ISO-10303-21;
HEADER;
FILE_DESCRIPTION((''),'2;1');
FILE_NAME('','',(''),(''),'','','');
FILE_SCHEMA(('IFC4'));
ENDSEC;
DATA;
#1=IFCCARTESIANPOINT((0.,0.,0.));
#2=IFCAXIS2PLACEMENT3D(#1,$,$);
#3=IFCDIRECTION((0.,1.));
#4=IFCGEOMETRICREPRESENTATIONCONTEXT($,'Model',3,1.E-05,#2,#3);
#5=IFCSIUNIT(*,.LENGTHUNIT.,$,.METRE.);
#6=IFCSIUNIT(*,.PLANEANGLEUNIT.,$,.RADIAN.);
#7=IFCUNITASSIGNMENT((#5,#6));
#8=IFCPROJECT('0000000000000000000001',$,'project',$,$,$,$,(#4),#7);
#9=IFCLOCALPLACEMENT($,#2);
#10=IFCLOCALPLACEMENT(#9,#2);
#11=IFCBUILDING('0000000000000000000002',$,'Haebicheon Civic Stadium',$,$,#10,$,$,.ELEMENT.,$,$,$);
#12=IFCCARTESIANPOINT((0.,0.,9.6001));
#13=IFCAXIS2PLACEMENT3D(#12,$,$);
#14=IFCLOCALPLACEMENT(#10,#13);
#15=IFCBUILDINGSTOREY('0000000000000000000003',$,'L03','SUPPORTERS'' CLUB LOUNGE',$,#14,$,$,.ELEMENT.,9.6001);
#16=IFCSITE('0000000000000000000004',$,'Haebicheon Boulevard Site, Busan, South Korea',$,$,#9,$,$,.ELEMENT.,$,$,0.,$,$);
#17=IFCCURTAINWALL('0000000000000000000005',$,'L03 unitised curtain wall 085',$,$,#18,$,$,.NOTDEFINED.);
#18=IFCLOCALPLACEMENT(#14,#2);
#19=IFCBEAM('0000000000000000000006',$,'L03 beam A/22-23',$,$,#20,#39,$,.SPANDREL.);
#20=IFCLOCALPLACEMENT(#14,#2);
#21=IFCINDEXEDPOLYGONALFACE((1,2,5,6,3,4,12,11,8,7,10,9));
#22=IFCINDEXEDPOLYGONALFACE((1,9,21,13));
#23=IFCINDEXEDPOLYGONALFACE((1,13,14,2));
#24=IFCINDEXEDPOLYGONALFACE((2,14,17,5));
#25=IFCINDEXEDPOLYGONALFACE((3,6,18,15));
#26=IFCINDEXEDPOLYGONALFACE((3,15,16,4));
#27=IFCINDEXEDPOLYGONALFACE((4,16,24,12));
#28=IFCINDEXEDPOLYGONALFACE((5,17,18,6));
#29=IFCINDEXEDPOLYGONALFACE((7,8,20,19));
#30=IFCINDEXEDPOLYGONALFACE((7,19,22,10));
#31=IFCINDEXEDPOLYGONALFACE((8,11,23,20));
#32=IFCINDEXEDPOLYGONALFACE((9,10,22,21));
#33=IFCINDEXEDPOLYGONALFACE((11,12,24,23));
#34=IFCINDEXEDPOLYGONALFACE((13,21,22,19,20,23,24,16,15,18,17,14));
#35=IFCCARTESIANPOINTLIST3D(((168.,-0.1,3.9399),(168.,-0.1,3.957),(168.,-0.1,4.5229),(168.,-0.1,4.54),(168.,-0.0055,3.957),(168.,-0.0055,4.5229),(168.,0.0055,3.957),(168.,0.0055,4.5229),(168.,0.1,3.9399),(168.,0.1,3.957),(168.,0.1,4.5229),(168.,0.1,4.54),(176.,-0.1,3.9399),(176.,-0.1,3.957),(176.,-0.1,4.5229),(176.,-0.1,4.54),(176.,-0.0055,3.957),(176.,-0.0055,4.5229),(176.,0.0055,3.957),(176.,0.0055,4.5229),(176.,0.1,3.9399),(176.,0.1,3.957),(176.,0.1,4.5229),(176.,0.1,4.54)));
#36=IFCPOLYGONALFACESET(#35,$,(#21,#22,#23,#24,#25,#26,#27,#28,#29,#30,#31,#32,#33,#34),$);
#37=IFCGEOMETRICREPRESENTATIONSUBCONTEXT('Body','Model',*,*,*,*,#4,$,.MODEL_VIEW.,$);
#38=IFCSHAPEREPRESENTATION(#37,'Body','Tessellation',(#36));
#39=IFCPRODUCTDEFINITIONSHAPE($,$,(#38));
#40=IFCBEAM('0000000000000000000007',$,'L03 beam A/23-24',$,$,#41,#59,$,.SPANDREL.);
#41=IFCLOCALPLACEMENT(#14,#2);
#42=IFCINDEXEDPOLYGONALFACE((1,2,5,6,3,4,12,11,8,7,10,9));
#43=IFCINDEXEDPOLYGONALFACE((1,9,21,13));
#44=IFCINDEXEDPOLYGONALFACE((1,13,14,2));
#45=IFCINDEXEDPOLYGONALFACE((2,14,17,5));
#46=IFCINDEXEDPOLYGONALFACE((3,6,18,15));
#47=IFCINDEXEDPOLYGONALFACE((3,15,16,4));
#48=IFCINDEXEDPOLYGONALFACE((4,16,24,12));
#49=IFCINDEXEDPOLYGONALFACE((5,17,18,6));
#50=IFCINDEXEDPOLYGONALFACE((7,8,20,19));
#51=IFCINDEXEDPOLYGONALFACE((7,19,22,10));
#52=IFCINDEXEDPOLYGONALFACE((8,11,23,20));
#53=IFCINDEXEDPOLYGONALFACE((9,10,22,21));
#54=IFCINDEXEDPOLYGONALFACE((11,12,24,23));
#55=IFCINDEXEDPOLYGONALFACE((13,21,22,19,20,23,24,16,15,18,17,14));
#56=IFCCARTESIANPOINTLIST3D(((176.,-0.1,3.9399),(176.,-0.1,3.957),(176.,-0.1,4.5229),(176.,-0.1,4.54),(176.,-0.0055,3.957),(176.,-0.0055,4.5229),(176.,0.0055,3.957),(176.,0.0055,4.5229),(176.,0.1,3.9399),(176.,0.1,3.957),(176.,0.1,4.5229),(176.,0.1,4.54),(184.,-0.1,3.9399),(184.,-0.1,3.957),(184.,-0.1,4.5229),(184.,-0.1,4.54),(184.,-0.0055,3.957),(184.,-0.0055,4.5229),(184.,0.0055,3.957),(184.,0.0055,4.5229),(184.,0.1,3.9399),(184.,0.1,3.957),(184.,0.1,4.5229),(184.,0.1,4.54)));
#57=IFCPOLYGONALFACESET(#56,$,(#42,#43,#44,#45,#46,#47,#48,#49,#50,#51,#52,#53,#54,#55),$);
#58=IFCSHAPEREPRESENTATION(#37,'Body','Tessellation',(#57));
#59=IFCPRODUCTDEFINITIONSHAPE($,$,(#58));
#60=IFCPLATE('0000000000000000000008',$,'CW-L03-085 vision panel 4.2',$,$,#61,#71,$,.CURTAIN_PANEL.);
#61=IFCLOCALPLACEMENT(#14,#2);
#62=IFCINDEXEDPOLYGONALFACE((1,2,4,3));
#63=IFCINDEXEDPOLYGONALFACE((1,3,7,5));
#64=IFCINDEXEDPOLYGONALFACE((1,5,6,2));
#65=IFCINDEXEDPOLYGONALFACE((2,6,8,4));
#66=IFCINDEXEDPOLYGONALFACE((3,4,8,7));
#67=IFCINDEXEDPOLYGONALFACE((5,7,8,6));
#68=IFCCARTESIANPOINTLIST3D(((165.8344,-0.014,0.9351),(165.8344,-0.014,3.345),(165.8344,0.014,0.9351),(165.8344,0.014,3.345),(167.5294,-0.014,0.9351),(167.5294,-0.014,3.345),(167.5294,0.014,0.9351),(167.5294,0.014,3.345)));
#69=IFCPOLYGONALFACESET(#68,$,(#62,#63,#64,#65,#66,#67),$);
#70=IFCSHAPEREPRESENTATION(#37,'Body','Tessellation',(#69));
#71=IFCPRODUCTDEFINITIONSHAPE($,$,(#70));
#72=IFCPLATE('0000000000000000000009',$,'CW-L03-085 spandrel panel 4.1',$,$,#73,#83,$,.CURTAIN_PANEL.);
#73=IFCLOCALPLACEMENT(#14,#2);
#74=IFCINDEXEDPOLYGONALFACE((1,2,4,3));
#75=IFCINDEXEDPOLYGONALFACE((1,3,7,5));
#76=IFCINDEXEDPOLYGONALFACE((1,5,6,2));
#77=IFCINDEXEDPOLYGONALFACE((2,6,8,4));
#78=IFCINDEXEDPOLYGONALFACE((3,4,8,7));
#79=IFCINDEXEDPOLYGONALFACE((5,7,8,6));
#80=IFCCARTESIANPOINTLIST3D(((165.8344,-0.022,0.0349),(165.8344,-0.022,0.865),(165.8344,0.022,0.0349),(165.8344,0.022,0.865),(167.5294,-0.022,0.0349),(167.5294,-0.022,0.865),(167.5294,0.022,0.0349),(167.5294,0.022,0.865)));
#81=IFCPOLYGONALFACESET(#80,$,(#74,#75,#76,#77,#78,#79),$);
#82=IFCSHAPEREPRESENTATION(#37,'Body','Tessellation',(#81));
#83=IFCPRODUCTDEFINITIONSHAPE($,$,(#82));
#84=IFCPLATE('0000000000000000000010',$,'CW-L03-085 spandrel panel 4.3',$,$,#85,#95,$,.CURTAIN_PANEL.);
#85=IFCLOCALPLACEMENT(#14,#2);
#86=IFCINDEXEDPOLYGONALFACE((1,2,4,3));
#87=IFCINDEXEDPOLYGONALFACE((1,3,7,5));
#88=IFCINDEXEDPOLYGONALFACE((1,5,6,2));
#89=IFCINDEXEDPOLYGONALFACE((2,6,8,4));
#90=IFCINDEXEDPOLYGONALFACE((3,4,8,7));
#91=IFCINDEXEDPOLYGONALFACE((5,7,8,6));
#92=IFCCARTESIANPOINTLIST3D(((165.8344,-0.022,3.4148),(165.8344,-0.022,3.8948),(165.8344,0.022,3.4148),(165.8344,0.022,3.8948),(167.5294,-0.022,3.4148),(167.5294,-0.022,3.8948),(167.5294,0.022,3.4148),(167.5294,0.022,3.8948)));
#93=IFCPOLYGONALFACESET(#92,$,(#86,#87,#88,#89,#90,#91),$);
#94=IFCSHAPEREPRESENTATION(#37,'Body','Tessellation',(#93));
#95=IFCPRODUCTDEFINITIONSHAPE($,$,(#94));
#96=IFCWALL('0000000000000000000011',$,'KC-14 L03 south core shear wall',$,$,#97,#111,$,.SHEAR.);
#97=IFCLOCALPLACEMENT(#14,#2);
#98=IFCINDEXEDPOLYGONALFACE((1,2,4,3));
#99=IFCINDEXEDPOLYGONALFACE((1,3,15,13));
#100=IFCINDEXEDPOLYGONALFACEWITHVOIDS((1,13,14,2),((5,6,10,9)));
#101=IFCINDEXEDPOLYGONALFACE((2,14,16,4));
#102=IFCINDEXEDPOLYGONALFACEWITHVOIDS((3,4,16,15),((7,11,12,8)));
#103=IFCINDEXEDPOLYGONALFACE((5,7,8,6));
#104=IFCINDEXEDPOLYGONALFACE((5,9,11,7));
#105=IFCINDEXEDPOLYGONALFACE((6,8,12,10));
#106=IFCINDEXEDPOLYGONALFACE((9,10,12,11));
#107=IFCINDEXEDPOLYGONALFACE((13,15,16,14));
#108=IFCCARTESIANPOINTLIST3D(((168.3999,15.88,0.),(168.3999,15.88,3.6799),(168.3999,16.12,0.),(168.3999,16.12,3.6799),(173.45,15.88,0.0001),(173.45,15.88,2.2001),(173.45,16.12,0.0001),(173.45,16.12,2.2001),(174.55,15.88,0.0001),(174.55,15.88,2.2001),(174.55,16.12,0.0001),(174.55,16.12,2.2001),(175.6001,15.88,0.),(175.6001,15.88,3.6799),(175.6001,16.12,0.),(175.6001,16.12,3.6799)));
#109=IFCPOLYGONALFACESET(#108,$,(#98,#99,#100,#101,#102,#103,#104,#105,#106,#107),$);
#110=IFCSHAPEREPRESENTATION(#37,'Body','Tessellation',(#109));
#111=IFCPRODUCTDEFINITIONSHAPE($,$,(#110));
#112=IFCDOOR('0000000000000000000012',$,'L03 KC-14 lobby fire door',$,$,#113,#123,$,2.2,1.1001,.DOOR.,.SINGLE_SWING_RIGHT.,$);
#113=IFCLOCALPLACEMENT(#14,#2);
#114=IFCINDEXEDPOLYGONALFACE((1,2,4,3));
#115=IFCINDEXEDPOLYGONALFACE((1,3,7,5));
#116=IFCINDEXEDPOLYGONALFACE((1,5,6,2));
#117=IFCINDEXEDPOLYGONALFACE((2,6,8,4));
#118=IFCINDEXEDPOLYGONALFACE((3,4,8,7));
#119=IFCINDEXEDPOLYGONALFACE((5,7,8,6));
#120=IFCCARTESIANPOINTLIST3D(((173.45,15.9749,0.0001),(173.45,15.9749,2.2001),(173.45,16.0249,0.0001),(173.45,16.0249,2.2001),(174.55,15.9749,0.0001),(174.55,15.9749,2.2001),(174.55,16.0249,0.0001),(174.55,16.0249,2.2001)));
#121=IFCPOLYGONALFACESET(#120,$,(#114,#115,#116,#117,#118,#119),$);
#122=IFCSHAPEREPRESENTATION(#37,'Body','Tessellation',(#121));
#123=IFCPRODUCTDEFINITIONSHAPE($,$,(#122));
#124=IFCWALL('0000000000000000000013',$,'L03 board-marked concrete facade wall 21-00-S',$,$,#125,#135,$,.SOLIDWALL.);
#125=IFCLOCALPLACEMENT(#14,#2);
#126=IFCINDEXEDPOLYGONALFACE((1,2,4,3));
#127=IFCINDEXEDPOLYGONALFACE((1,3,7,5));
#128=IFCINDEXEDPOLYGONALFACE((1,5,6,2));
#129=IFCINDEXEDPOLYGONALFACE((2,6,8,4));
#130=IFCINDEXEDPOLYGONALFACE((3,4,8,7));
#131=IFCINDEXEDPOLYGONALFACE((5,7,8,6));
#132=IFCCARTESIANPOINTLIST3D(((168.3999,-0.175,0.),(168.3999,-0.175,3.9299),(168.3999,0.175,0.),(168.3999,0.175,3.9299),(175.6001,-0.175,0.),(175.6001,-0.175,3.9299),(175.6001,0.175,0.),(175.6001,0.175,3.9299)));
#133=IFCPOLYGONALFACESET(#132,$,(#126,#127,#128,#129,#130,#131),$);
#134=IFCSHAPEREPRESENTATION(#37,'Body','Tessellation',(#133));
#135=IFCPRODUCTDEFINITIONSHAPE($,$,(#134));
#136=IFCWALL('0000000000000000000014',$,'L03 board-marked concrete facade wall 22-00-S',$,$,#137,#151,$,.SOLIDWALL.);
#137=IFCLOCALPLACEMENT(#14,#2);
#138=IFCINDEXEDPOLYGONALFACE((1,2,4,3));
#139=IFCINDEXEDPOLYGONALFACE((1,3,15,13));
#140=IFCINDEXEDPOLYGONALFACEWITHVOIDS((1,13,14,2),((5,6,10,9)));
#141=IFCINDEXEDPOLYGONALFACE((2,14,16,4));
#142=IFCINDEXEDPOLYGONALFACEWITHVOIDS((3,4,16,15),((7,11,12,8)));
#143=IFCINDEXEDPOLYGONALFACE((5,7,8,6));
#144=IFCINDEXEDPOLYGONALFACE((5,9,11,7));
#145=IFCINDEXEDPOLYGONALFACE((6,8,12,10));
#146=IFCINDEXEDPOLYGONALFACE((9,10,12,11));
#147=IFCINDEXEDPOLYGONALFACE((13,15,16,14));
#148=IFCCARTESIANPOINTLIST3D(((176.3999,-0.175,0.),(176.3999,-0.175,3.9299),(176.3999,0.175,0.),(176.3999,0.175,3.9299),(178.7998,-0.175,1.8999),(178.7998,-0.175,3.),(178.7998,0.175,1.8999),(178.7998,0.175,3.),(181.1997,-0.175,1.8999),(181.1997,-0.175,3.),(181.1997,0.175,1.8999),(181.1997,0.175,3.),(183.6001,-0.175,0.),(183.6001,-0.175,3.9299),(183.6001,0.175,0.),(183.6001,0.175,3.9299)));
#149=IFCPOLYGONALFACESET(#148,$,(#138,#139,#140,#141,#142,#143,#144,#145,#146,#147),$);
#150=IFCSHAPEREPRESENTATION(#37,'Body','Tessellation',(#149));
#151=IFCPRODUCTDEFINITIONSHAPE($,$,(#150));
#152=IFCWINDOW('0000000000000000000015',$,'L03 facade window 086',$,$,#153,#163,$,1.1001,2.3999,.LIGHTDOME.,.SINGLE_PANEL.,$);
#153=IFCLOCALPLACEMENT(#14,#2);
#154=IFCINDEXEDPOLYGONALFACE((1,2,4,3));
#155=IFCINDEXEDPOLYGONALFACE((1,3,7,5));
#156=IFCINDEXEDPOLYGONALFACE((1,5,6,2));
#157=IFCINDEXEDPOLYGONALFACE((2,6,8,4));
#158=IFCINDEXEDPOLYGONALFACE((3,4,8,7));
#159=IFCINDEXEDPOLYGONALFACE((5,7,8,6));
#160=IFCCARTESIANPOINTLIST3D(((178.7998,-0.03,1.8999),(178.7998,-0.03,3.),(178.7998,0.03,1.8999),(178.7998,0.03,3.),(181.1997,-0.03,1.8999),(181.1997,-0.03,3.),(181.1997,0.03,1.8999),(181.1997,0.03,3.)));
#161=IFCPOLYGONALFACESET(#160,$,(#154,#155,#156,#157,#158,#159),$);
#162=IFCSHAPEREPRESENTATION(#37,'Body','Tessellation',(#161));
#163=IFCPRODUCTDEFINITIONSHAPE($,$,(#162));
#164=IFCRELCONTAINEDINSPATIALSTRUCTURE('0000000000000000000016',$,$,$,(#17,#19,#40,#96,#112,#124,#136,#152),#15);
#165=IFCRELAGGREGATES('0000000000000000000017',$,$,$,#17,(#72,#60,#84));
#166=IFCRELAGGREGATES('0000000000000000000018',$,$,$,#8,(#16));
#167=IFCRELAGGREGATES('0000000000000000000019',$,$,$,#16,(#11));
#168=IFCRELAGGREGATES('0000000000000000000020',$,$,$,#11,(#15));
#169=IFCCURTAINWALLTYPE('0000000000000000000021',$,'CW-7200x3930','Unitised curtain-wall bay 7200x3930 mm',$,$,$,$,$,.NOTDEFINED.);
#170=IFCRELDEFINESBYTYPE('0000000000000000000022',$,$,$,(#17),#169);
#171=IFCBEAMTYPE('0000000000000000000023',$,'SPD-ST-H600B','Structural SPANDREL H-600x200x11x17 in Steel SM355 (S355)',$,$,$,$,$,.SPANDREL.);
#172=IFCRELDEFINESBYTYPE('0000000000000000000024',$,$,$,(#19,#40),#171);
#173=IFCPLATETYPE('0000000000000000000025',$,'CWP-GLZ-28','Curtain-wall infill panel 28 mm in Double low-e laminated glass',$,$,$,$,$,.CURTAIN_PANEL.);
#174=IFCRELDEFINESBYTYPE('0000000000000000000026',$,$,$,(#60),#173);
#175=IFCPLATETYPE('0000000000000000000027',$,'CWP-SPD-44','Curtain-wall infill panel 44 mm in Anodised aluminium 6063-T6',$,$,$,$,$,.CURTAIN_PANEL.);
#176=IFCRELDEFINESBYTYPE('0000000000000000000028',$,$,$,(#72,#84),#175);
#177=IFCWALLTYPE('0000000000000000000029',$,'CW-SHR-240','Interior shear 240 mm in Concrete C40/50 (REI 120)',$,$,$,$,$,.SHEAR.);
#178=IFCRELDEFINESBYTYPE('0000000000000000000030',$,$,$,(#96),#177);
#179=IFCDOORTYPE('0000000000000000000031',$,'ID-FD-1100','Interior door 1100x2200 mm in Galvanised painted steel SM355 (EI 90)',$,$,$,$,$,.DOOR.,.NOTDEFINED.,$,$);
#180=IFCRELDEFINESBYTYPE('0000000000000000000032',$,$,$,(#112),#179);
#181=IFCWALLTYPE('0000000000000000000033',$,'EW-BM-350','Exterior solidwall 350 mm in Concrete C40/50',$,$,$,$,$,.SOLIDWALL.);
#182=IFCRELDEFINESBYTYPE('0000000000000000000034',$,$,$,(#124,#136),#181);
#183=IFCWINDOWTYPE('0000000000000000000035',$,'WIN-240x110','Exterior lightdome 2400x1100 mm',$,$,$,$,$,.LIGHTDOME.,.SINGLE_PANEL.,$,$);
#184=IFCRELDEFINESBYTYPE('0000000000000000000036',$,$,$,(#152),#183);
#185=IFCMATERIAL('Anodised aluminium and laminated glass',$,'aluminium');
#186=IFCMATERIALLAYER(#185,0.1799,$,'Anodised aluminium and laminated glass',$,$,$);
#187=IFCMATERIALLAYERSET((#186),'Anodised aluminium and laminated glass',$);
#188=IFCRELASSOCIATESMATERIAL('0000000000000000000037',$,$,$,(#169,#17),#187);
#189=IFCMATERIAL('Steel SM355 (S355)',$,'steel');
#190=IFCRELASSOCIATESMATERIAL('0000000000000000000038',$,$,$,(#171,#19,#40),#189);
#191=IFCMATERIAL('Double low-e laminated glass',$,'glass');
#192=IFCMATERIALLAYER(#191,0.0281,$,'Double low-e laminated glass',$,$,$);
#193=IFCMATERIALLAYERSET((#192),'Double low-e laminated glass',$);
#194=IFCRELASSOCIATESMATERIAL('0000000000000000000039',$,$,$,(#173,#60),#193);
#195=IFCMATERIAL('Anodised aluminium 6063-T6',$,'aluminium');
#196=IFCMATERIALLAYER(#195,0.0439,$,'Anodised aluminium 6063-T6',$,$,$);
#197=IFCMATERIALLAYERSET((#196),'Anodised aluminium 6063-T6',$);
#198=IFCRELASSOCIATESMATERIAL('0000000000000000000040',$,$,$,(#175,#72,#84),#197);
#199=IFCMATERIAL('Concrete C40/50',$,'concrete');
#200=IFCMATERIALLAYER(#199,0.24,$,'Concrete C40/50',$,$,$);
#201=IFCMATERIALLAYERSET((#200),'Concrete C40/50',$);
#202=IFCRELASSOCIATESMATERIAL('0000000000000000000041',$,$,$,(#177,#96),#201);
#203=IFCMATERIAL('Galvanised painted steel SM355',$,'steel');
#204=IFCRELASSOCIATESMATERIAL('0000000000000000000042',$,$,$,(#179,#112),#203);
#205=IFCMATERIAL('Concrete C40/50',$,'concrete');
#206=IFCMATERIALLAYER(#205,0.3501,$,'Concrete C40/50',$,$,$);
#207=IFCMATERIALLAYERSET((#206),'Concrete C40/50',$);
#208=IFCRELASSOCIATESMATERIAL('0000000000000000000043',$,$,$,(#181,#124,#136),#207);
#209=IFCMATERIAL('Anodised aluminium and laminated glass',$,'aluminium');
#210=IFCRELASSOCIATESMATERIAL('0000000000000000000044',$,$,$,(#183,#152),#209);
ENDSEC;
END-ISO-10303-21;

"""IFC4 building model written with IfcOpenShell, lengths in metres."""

from ifc_helpers import new_model, si_unit, direction, frame, frame_2d, origin, origin_2d, place, context, subcontext, project, spatial, rectangle, i_section, extrude, material, layer, layer_set, material_profile, profile_set, type_object, element, fill, aggregate, save


model = new_model("IFC4")

# Units and contexts
model_context = context("Model", 3, precision=1e-05, world=origin(), true_north=direction((0.0, 1.0)))
body_context = subcontext(model_context, "Body", "Model", "MODEL_VIEW")
ifc_project = project(units=[si_unit("LENGTHUNIT", "METRE"), si_unit("PLANEANGLEUNIT", "RADIAN")], contexts=[model_context])

# Site, building, storey
site_placement = place(None, origin())
site = spatial("IfcSite", under=ifc_project, at=site_placement, Name="Haebicheon Boulevard Site, Busan, South Korea", CompositionType="ELEMENT", RefElevation=0.0)
building_placement = place(site_placement, origin())
building = spatial("IfcBuilding", under=site, at=building_placement, Name="Haebicheon Civic Stadium", CompositionType="ELEMENT")
storey_placement = place(building_placement, frame((0.0, 0.0, 9.6001)))
storey = spatial("IfcBuildingStorey", under=building, at=storey_placement, Name="L03", Description="SUPPORTERS' CLUB LOUNGE", CompositionType="ELEMENT", Elevation=9.6001)

# Curtain wall
ifc_material_1 = material(Name="Anodised aluminium and laminated glass", Category="aluminium")
ifc_layer_1 = layer(ifc_material_1, 0.1799, Name="Anodised aluminium and laminated glass")
ifc_layer_set_1 = layer_set([ifc_layer_1], Name="Anodised aluminium and laminated glass")
curtain_wall_type = type_object("IfcCurtainWallType", Name="CW-7200x3930", Description="Unitised curtain-wall bay 7200x3930 mm", PredefinedType="NOTDEFINED", material=ifc_layer_set_1)
curtain_wall_placement = place(storey_placement, origin())
curtain_wall = element("IfcCurtainWall", 1, at=curtain_wall_placement, inside=storey, type_object=curtain_wall_type, material=ifc_layer_set_1, Name="L03 unitised curtain wall 085", PredefinedType="NOTDEFINED")

# Beams
ifc_material_2 = material(Name="Steel SM355 (S355)", Category="steel")
ifc_material_profile_1 = material_profile(ifc_material_2, i_section(OverallWidth=0.2, OverallDepth=0.6001, WebThickness=0.011, FlangeThickness=0.0171, at=origin_2d()), Name="H-600x200x11x17")
ifc_profile_set_1 = profile_set([ifc_material_profile_1], Name="Steel SM355 (S355)")
beam_type_1 = type_object("IfcBeamType", Name="SPD-ST-H600B", Description="Structural SPANDREL H-600x200x11x17 in Steel SM355 (S355)", PredefinedType="SPANDREL", material=ifc_profile_set_1)
for number, where, z_axis, x_axis, name in (
    (2, (168.0, 0.0, 4.24), (1.0, 0.0, 0.0), (0.0, 1.0, 0.0), "L03 beam A/22-23"),
    (3, (176.0, 0.0, 4.24), (1.0, 0.0, 0.0), (0.0, 1.0, 0.0), "L03 beam A/23-24"),
):
    element("IfcBeam", number, at=place(storey_placement, frame(where, z_axis=z_axis, x_axis=x_axis)), inside=storey, type_object=beam_type_1, material=ifc_profile_set_1, Name=name, PredefinedType="SPANDREL", context=body_context, shape_type="SweptSolid", body=[
        extrude(i_section(OverallWidth=0.2, OverallDepth=0.6001, WebThickness=0.011, FlangeThickness=0.0171, at=origin_2d()), origin(), (0.0, 0.0, 1.0), 8.0),
    ])

# Plates
ifc_material_3 = material(Name="Double low-e laminated glass", Category="glass")
ifc_layer_2 = layer(ifc_material_3, 0.0281, Name="Double low-e laminated glass")
ifc_layer_set_2 = layer_set([ifc_layer_2], Name="Double low-e laminated glass")
plate_type_1 = type_object("IfcPlateType", Name="CWP-GLZ-28", Description="Curtain-wall infill panel 28 mm in Double low-e laminated glass", PredefinedType="CURTAIN_PANEL", material=ifc_layer_set_2)
plate_1_placement = place(storey_placement, frame((166.6819, 0.0, 0.9351), z_axis=(0.0, 0.0, 1.0), x_axis=(1.0, 0.0, 0.0)))
plate_1 = element("IfcPlate", 4, at=plate_1_placement, type_object=plate_type_1, material=ifc_layer_set_2, Name="CW-L03-085 vision panel 4.2", PredefinedType="CURTAIN_PANEL", context=body_context, shape_type="SweptSolid", body=[
    extrude(rectangle(XDim=1.6951, YDim=0.0281, at=origin_2d()), origin(), (0.0, 0.0, 1.0), 2.4099),
])
ifc_material_4 = material(Name="Anodised aluminium 6063-T6", Category="aluminium")
ifc_layer_3 = layer(ifc_material_4, 0.0439, Name="Anodised aluminium 6063-T6")
ifc_layer_set_3 = layer_set([ifc_layer_3], Name="Anodised aluminium 6063-T6")
plate_type_2 = type_object("IfcPlateType", Name="CWP-SPD-44", Description="Curtain-wall infill panel 44 mm in Anodised aluminium 6063-T6", PredefinedType="CURTAIN_PANEL", material=ifc_layer_set_3)
plate_2_placement = place(storey_placement, frame((166.6819, 0.0, 0.0349), z_axis=(0.0, 0.0, 1.0), x_axis=(1.0, 0.0, 0.0)))
plate_2 = element("IfcPlate", 5, at=plate_2_placement, type_object=plate_type_2, material=ifc_layer_set_3, Name="CW-L03-085 spandrel panel 4.1", PredefinedType="CURTAIN_PANEL", context=body_context, shape_type="SweptSolid", body=[
    extrude(rectangle(XDim=1.6951, YDim=0.0439, at=origin_2d()), origin(), (0.0, 0.0, 1.0), 0.8301),
])
plate_3_placement = place(storey_placement, frame((166.6819, 0.0, 3.4148), z_axis=(0.0, 0.0, 1.0), x_axis=(1.0, 0.0, 0.0)))
plate_3 = element("IfcPlate", 6, at=plate_3_placement, type_object=plate_type_2, material=ifc_layer_set_3, Name="CW-L03-085 spandrel panel 4.3", PredefinedType="CURTAIN_PANEL", context=body_context, shape_type="SweptSolid", body=[
    extrude(rectangle(XDim=1.6951, YDim=0.0439, at=origin_2d()), origin(), (0.0, 0.0, 1.0), 0.48),
])
aggregate(curtain_wall, [plate_2, plate_1, plate_3])

# Wall, opening, door
ifc_material_5 = material(Name="Concrete C40/50", Category="concrete")
ifc_layer_4 = layer(ifc_material_5, 0.24, Name="Concrete C40/50")
ifc_layer_set_4 = layer_set([ifc_layer_4], Name="Concrete C40/50")
wall_type_1 = type_object("IfcWallType", Name="CW-SHR-240", Description="Interior shear 240 mm in Concrete C40/50 (REI 120)", PredefinedType="SHEAR", material=ifc_layer_set_4)
wall_1_placement = place(storey_placement, frame((168.3999, 16.0, 0.0), z_axis=(0.0, 0.0, 1.0), x_axis=(1.0, 0.0, 0.0)))
wall_1 = element("IfcWall", 7, at=wall_1_placement, inside=storey, type_object=wall_type_1, material=ifc_layer_set_4, Name="KC-14 L03 south core shear wall", PredefinedType="SHEAR", context=body_context, shape_type="SweptSolid", body=[
    extrude(rectangle(XDim=7.2002, YDim=0.24, at=frame_2d((3.6001, 0.0))), origin(), (0.0, 0.0, 1.0), 3.6799),
])
opening_1_placement = place(wall_1_placement, frame((5.05, 0.0, 0.0)))
opening_1 = element("IfcOpeningElement", 8, at=opening_1_placement, cuts=wall_1, PredefinedType="OPENING", context=body_context, shape_type="SweptSolid", body=[
    extrude(rectangle(XDim=1.1001, YDim=2.2, at=frame_2d((0.55, 1.1001))), frame((0.0, 0.1299, 0.0), z_axis=(0.0, -1.0, 0.0), x_axis=(1.0, 0.0, 0.0)), (0.0, 0.0, 1.0), 0.26),
])
ifc_material_6 = material(Name="Galvanised painted steel SM355", Category="steel")
door_type_1 = type_object("IfcDoorType", Name="ID-FD-1100", Description="Interior door 1100x2200 mm in Galvanised painted steel SM355 (EI 90)", OperationType="NOTDEFINED", PredefinedType="DOOR", material=ifc_material_6)
door_1_placement = place(opening_1_placement, origin())
door_1 = element("IfcDoor", 9, at=door_1_placement, inside=storey, type_object=door_type_1, material=ifc_material_6, Name="L03 KC-14 lobby fire door", OperationType="SINGLE_SWING_RIGHT", OverallHeight=2.2, OverallWidth=1.1001, PredefinedType="DOOR", context=body_context, shape_type="SweptSolid", body=[
    extrude(rectangle(XDim=1.1001, YDim=2.2, at=frame_2d((0.55, 1.1001))), frame((0.0, 0.0249, 0.0), z_axis=(0.0, -1.0, 0.0), x_axis=(1.0, 0.0, 0.0)), (0.0, 0.0, 1.0), 0.05),
])
fill(opening_1, door_1)

# Wall
ifc_material_7 = material(Name="Concrete C40/50", Category="concrete")
ifc_layer_5 = layer(ifc_material_7, 0.3501, Name="Concrete C40/50")
ifc_layer_set_5 = layer_set([ifc_layer_5], Name="Concrete C40/50")
wall_type_2 = type_object("IfcWallType", Name="EW-BM-350", Description="Exterior solidwall 350 mm in Concrete C40/50", PredefinedType="SOLIDWALL", material=ifc_layer_set_5)
wall_2_placement = place(storey_placement, frame((168.3999, 0.0, 0.0), z_axis=(0.0, 0.0, 1.0), x_axis=(1.0, 0.0, 0.0)))
element("IfcWall", 10, at=wall_2_placement, inside=storey, type_object=wall_type_2, material=ifc_layer_set_5, Name="L03 board-marked concrete facade wall 21-00-S", PredefinedType="SOLIDWALL", context=body_context, shape_type="SweptSolid", body=[
    extrude(rectangle(XDim=7.2002, YDim=0.3501, at=frame_2d((3.6001, 0.0))), origin(), (0.0, 0.0, 1.0), 3.9299),
])

# Wall, opening, window
wall_3_placement = place(storey_placement, frame((176.3999, 0.0, 0.0), z_axis=(0.0, 0.0, 1.0), x_axis=(1.0, 0.0, 0.0)))
wall_3 = element("IfcWall", 11, at=wall_3_placement, inside=storey, type_object=wall_type_2, material=ifc_layer_set_5, Name="L03 board-marked concrete facade wall 22-00-S", PredefinedType="SOLIDWALL", context=body_context, shape_type="SweptSolid", body=[
    extrude(rectangle(XDim=7.2002, YDim=0.3501, at=frame_2d((3.6001, 0.0))), origin(), (0.0, 0.0, 1.0), 3.9299),
])
opening_2_placement = place(wall_3_placement, frame((2.3999, 0.0, 1.8999)))
opening_2 = element("IfcOpeningElement", 12, at=opening_2_placement, cuts=wall_3, PredefinedType="OPENING", context=body_context, shape_type="SweptSolid", body=[
    extrude(rectangle(XDim=2.3999, YDim=1.1001, at=frame_2d((1.2, 0.55))), frame((0.0, 0.1851, 0.0), z_axis=(0.0, -1.0, 0.0), x_axis=(1.0, 0.0, 0.0)), (0.0, 0.0, 1.0), 0.3701),
])
ifc_material_8 = material(Name="Anodised aluminium and laminated glass", Category="aluminium")
window_type = type_object("IfcWindowType", Name="WIN-240x110", Description="Exterior lightdome 2400x1100 mm", PartitioningType="SINGLE_PANEL", PredefinedType="LIGHTDOME", material=ifc_material_8)
window_placement = place(opening_2_placement, origin())
window = element("IfcWindow", 13, at=window_placement, inside=storey, type_object=window_type, material=ifc_material_8, Name="L03 facade window 086", OverallHeight=1.1001, OverallWidth=2.3999, PartitioningType="SINGLE_PANEL", PredefinedType="LIGHTDOME", context=body_context, shape_type="SweptSolid", body=[
    extrude(rectangle(XDim=2.3999, YDim=1.1001, at=frame_2d((1.2, 0.55))), frame((0.0, 0.03, 0.0), z_axis=(0.0, -1.0, 0.0), x_axis=(1.0, 0.0, 0.0)), (0.0, 0.0, 1.0), 0.0601),
])
fill(opening_2, window)

save(model, "model.ifc")
